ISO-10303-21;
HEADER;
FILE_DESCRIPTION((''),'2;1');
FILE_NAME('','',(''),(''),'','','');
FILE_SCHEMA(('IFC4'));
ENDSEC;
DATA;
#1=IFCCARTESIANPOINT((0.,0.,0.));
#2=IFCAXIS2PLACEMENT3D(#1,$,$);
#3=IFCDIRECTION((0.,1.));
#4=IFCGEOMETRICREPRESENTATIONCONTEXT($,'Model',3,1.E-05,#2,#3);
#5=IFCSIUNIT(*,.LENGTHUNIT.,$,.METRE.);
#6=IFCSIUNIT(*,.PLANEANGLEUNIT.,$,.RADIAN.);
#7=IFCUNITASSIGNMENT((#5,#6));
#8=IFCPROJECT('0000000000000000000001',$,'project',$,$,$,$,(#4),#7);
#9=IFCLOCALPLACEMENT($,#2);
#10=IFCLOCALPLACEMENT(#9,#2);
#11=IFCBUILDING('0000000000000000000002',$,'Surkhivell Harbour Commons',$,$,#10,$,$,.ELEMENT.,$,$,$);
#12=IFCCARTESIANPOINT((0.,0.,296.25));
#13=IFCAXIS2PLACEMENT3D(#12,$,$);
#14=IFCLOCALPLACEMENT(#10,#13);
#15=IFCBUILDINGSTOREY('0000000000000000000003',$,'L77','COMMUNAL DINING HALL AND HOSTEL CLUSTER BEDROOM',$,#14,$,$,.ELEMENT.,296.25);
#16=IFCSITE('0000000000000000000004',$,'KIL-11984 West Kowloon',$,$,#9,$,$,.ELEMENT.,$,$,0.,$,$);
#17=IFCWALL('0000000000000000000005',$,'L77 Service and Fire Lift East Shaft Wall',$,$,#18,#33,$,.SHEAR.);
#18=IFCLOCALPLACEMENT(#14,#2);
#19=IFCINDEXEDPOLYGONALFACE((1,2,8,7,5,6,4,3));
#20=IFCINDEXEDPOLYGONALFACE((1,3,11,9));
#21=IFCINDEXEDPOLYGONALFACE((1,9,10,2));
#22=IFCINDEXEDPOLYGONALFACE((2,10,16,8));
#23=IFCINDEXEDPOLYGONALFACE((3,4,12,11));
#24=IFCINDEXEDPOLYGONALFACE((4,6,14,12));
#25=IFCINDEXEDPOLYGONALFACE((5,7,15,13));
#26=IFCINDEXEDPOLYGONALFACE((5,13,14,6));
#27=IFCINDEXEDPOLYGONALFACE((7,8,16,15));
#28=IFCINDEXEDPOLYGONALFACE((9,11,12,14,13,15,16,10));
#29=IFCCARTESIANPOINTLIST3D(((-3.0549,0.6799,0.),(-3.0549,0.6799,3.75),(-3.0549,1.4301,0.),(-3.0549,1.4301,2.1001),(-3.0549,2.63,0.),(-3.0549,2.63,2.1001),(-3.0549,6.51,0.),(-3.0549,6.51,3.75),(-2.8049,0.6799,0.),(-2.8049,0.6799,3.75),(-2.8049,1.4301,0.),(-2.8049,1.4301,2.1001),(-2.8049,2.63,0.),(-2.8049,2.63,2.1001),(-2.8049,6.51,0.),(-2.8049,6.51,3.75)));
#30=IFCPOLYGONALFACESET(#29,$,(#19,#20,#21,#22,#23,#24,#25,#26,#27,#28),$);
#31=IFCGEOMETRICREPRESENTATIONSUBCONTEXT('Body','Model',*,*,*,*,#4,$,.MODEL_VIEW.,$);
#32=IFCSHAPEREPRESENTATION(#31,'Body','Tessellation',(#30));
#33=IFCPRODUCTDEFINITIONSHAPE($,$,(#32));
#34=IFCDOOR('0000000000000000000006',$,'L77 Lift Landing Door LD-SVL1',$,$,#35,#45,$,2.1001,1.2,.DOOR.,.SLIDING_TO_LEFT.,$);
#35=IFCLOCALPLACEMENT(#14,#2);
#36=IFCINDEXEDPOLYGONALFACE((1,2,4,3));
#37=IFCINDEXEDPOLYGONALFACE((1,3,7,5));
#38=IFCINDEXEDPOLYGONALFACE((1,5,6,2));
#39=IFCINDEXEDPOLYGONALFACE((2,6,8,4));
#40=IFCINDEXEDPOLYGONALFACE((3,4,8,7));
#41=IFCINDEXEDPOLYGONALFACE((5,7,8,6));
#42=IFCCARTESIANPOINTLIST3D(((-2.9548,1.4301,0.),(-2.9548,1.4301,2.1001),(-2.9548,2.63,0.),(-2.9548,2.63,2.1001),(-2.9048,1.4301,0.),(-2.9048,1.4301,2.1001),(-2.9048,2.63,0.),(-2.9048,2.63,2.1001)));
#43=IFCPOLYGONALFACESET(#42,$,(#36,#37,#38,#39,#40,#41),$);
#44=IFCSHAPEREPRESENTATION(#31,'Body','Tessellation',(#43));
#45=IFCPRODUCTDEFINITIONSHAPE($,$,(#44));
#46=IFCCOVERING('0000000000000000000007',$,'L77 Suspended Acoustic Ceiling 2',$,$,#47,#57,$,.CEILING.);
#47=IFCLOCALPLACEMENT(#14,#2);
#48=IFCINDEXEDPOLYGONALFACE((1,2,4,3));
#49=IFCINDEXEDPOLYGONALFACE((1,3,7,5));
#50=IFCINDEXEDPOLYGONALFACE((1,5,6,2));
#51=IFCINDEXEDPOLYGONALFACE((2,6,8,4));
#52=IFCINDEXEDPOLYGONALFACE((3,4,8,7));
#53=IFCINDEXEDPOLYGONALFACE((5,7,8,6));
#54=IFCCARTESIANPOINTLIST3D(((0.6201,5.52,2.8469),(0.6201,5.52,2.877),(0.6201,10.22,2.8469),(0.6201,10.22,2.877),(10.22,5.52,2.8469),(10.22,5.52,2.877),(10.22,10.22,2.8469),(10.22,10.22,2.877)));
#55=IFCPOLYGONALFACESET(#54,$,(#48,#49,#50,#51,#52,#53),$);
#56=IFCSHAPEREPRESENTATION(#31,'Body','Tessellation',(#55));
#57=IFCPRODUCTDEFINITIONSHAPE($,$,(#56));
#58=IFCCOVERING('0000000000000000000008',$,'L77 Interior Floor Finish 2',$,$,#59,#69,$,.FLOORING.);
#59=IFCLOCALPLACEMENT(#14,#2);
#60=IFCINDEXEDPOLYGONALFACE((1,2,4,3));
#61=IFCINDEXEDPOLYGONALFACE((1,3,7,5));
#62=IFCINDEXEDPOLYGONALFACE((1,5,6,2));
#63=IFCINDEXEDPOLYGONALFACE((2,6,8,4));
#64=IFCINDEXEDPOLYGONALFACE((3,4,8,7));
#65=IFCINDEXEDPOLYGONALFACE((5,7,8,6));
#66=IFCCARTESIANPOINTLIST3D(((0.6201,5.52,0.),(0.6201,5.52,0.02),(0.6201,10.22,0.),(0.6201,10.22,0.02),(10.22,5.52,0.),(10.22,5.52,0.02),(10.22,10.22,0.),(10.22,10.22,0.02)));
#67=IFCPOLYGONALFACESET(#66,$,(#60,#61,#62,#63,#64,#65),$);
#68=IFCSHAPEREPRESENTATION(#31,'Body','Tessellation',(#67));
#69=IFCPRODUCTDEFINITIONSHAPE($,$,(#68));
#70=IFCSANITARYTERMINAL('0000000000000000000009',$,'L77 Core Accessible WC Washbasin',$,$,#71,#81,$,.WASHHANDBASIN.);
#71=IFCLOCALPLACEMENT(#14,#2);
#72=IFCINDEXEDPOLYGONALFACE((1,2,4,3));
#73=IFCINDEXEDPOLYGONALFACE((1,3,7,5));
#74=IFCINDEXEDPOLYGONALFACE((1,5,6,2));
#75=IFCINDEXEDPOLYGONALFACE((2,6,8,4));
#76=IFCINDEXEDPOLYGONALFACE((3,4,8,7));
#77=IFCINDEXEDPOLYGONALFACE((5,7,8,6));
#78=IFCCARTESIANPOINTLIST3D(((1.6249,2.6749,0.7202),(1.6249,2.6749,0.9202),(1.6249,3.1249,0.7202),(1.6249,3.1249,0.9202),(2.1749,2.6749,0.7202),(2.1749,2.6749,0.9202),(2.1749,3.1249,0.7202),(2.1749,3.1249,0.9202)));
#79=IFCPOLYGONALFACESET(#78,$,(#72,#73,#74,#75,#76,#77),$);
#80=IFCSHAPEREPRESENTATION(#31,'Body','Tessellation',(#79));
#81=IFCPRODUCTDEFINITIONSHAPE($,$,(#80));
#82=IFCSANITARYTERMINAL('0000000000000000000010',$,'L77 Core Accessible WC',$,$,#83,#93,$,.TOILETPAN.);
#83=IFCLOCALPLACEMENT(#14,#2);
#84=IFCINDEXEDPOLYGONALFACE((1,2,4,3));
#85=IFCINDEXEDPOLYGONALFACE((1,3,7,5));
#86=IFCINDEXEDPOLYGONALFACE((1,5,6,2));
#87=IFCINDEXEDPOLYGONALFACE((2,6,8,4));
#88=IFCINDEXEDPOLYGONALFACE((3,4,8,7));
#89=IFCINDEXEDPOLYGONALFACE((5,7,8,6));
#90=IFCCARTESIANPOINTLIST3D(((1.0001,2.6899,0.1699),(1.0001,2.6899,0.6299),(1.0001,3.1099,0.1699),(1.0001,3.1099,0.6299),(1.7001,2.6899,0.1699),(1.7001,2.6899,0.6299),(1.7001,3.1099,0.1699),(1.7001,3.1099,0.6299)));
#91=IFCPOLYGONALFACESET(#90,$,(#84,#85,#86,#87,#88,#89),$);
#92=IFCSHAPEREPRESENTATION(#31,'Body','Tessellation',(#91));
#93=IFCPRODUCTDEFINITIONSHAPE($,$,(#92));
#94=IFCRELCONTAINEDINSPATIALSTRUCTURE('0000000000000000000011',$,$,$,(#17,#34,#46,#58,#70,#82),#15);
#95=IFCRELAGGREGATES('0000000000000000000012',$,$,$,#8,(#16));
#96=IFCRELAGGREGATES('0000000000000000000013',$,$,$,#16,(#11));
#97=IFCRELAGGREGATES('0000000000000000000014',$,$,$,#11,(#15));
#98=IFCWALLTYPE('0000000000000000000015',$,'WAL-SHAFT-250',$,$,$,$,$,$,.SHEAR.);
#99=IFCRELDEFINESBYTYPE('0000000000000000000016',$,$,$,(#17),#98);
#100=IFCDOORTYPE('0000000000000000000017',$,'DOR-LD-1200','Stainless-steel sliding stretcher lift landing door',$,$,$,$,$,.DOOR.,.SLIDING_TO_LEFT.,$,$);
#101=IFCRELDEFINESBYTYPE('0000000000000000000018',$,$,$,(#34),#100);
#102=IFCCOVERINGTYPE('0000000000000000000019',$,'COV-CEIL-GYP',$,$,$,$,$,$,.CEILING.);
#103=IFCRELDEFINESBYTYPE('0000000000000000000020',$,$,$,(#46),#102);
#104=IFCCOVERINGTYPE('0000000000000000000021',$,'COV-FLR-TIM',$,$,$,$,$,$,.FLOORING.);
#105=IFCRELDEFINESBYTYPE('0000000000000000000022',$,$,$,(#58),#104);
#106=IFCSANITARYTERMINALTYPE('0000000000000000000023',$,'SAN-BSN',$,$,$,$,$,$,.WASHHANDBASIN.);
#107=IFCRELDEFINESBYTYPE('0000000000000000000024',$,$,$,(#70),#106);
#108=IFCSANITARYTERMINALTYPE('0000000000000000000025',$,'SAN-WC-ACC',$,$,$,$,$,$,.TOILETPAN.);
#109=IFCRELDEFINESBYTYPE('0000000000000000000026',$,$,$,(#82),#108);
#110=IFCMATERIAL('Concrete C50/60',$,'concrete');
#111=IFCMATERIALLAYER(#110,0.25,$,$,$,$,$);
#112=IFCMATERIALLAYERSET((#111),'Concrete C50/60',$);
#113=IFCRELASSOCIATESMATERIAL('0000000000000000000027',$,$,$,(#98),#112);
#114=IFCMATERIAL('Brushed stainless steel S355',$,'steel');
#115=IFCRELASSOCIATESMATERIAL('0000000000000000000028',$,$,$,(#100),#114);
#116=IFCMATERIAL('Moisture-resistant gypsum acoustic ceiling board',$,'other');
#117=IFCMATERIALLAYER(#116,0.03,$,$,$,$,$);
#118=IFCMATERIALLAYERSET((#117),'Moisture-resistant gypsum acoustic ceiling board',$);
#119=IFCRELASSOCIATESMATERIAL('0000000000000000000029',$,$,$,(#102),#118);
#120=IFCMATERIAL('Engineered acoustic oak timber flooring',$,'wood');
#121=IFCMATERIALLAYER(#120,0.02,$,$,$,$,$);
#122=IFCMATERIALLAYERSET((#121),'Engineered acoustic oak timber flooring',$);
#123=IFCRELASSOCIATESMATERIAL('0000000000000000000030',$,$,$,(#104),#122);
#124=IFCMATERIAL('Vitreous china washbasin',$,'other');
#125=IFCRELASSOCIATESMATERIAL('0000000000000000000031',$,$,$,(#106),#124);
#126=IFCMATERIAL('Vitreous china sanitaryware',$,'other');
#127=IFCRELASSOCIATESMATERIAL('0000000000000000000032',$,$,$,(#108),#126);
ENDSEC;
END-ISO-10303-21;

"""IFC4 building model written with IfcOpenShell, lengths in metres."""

from ifc_helpers import new_model, si_unit, direction, frame, frame_2d, origin, origin_2d, place, context, subcontext, project, spatial, polyline, rectangle, outline, extrude, material, layer, layer_set, type_object, element, fill, save


model = new_model("IFC4")

# Units and contexts
model_context = context("Model", 3, precision=1e-05, world=origin(), true_north=direction((0.0, 1.0)))
body_context = subcontext(model_context, "Body", "Model", "MODEL_VIEW")
ifc_project = project(units=[si_unit("LENGTHUNIT", "METRE"), si_unit("PLANEANGLEUNIT", "RADIAN")], contexts=[model_context])

# Site, building, storey
site_placement = place(None, origin())
site = spatial("IfcSite", under=ifc_project, at=site_placement, Name="KIL-11984 West Kowloon", CompositionType="ELEMENT", RefElevation=0.0)
building_placement = place(site_placement, origin())
building = spatial("IfcBuilding", under=site, at=building_placement, Name="Surkhivell Harbour Commons", CompositionType="ELEMENT")
storey_placement = place(building_placement, frame((0.0, 0.0, 296.25)))
storey = spatial("IfcBuildingStorey", under=building, at=storey_placement, Name="L77", Description="COMMUNAL DINING HALL AND HOSTEL CLUSTER BEDROOM", CompositionType="ELEMENT", Elevation=296.25)

# Shared definitions
ifc_material_1 = material(Name="Concrete C50/60", Category="concrete")

# Shared definitions
ifc_layer_1 = layer(ifc_material_1, 0.25)
ifc_layer_set_1 = layer_set([ifc_layer_1], Name="Concrete C50/60")
wall_type_1 = type_object("IfcWallType", Name="WAL-SHAFT-250", PredefinedType="SHEAR", material=ifc_layer_set_1)

# Wall, opening, door
wall_1_placement = place(storey_placement, frame((-2.9299, 0.6799, 0.0), z_axis=(0.0, 0.0, 1.0), x_axis=(0.0, 1.0, 0.0)))
wall_1 = element("IfcWall", 1, at=wall_1_placement, inside=storey, type_object=wall_type_1, Name="L77 Service and Fire Lift East Shaft Wall", PredefinedType="SHEAR", context=body_context, shape_type="SweptSolid", body=[
    extrude(rectangle(XDim=5.8301, YDim=0.25, at=frame_2d((2.915, 0.0))), origin(), (0.0, 0.0, 1.0), 3.75),
])
opening_1_placement = place(wall_1_placement, frame((0.75, 0.0, 0.0)))
opening_1 = element("IfcOpeningElement", 2, at=opening_1_placement, cuts=wall_1, PredefinedType="OPENING", context=body_context, shape_type="SweptSolid", body=[
    extrude(rectangle(XDim=1.2, YDim=2.1001, at=frame_2d((0.6001, 1.05))), frame((0.0, 0.135, 0.0), z_axis=(0.0, -1.0, 0.0), x_axis=(1.0, 0.0, 0.0)), (0.0, 0.0, 1.0), 0.27),
])
ifc_material_2 = material(Name="Brushed stainless steel S355", Category="steel")
door_type_1 = type_object("IfcDoorType", Name="DOR-LD-1200", Description="Stainless-steel sliding stretcher lift landing door", OperationType="SLIDING_TO_LEFT", PredefinedType="DOOR", material=ifc_material_2)
door_1_placement = place(opening_1_placement, origin())
door_1 = element("IfcDoor", 3, at=door_1_placement, inside=storey, type_object=door_type_1, Name="L77 Lift Landing Door LD-SVL1", OperationType="SLIDING_TO_LEFT", OverallHeight=2.1001, OverallWidth=1.2, PredefinedType="DOOR", context=body_context, shape_type="SweptSolid", body=[
    extrude(rectangle(XDim=1.2, YDim=2.1001, at=frame_2d((0.6001, 1.05))), frame((0.0, 0.0249, 0.0), z_axis=(0.0, -1.0, 0.0), x_axis=(1.0, 0.0, 0.0)), (0.0, 0.0, 1.0), 0.05),
])
fill(opening_1, door_1)

# Coverings
ifc_material_3 = material(Name="Moisture-resistant gypsum acoustic ceiling board", Category="other")
ifc_layer_2 = layer(ifc_material_3, 0.03)
ifc_layer_set_2 = layer_set([ifc_layer_2], Name="Moisture-resistant gypsum acoustic ceiling board")
covering_type_1 = type_object("IfcCoveringType", Name="COV-CEIL-GYP", PredefinedType="CEILING", material=ifc_layer_set_2)
covering_1_placement = place(storey_placement, frame((0.0, 0.0, 2.8469)))
element("IfcCovering", 4, at=covering_1_placement, inside=storey, type_object=covering_type_1, Name="L77 Suspended Acoustic Ceiling 2", PredefinedType="CEILING", context=body_context, shape_type="SweptSolid", body=[
    extrude(outline(polyline([(0.6201, 5.52), (10.22, 5.52), (10.22, 10.22), (0.6201, 10.22), (0.6201, 5.52)])), origin(), (0.0, 0.0, 1.0), 0.03),
])
ifc_material_4 = material(Name="Engineered acoustic oak timber flooring", Category="wood")
ifc_layer_3 = layer(ifc_material_4, 0.02)
ifc_layer_set_3 = layer_set([ifc_layer_3], Name="Engineered acoustic oak timber flooring")
covering_type_2 = type_object("IfcCoveringType", Name="COV-FLR-TIM", PredefinedType="FLOORING", material=ifc_layer_set_3)
covering_2_placement = place(storey_placement, origin())
element("IfcCovering", 5, at=covering_2_placement, inside=storey, type_object=covering_type_2, Name="L77 Interior Floor Finish 2", PredefinedType="FLOORING", context=body_context, shape_type="SweptSolid", body=[
    extrude(outline(polyline([(0.6201, 5.52), (10.22, 5.52), (10.22, 10.22), (0.6201, 10.22), (0.6201, 5.52)])), origin(), (0.0, 0.0, 1.0), 0.02),
])

# Sanitary terminals
ifc_material_5 = material(Name="Vitreous china washbasin", Category="other")
sanitary_terminal_type_1 = type_object("IfcSanitaryTerminalType", Name="SAN-BSN", PredefinedType="WASHHANDBASIN", material=ifc_material_5)
sanitary_terminal_1_placement = place(storey_placement, frame((1.8999, 2.8999, 0.7202), z_axis=(0.0, 0.0, 1.0), x_axis=(1.0, 0.0, 0.0)))
element("IfcSanitaryTerminal", 6, at=sanitary_terminal_1_placement, inside=storey, type_object=sanitary_terminal_type_1, Name="L77 Core Accessible WC Washbasin", PredefinedType="WASHHANDBASIN", context=body_context, shape_type="SweptSolid", body=[
    extrude(rectangle(XDim=0.55, YDim=0.45, at=origin_2d()), origin(), (0.0, 0.0, 1.0), 0.2),
])
ifc_material_6 = material(Name="Vitreous china sanitaryware", Category="other")
sanitary_terminal_type_2 = type_object("IfcSanitaryTerminalType", Name="SAN-WC-ACC", PredefinedType="TOILETPAN", material=ifc_material_6)
sanitary_terminal_2_placement = place(storey_placement, frame((1.3501, 2.8999, 0.1699), z_axis=(0.0, 0.0, 1.0), x_axis=(1.0, 0.0, 0.0)))
element("IfcSanitaryTerminal", 7, at=sanitary_terminal_2_placement, inside=storey, type_object=sanitary_terminal_type_2, Name="L77 Core Accessible WC", PredefinedType="TOILETPAN", context=body_context, shape_type="SweptSolid", body=[
    extrude(rectangle(XDim=0.7, YDim=0.4199, at=origin_2d()), origin(), (0.0, 0.0, 1.0), 0.46),
])

save(model, "model.ifc")
